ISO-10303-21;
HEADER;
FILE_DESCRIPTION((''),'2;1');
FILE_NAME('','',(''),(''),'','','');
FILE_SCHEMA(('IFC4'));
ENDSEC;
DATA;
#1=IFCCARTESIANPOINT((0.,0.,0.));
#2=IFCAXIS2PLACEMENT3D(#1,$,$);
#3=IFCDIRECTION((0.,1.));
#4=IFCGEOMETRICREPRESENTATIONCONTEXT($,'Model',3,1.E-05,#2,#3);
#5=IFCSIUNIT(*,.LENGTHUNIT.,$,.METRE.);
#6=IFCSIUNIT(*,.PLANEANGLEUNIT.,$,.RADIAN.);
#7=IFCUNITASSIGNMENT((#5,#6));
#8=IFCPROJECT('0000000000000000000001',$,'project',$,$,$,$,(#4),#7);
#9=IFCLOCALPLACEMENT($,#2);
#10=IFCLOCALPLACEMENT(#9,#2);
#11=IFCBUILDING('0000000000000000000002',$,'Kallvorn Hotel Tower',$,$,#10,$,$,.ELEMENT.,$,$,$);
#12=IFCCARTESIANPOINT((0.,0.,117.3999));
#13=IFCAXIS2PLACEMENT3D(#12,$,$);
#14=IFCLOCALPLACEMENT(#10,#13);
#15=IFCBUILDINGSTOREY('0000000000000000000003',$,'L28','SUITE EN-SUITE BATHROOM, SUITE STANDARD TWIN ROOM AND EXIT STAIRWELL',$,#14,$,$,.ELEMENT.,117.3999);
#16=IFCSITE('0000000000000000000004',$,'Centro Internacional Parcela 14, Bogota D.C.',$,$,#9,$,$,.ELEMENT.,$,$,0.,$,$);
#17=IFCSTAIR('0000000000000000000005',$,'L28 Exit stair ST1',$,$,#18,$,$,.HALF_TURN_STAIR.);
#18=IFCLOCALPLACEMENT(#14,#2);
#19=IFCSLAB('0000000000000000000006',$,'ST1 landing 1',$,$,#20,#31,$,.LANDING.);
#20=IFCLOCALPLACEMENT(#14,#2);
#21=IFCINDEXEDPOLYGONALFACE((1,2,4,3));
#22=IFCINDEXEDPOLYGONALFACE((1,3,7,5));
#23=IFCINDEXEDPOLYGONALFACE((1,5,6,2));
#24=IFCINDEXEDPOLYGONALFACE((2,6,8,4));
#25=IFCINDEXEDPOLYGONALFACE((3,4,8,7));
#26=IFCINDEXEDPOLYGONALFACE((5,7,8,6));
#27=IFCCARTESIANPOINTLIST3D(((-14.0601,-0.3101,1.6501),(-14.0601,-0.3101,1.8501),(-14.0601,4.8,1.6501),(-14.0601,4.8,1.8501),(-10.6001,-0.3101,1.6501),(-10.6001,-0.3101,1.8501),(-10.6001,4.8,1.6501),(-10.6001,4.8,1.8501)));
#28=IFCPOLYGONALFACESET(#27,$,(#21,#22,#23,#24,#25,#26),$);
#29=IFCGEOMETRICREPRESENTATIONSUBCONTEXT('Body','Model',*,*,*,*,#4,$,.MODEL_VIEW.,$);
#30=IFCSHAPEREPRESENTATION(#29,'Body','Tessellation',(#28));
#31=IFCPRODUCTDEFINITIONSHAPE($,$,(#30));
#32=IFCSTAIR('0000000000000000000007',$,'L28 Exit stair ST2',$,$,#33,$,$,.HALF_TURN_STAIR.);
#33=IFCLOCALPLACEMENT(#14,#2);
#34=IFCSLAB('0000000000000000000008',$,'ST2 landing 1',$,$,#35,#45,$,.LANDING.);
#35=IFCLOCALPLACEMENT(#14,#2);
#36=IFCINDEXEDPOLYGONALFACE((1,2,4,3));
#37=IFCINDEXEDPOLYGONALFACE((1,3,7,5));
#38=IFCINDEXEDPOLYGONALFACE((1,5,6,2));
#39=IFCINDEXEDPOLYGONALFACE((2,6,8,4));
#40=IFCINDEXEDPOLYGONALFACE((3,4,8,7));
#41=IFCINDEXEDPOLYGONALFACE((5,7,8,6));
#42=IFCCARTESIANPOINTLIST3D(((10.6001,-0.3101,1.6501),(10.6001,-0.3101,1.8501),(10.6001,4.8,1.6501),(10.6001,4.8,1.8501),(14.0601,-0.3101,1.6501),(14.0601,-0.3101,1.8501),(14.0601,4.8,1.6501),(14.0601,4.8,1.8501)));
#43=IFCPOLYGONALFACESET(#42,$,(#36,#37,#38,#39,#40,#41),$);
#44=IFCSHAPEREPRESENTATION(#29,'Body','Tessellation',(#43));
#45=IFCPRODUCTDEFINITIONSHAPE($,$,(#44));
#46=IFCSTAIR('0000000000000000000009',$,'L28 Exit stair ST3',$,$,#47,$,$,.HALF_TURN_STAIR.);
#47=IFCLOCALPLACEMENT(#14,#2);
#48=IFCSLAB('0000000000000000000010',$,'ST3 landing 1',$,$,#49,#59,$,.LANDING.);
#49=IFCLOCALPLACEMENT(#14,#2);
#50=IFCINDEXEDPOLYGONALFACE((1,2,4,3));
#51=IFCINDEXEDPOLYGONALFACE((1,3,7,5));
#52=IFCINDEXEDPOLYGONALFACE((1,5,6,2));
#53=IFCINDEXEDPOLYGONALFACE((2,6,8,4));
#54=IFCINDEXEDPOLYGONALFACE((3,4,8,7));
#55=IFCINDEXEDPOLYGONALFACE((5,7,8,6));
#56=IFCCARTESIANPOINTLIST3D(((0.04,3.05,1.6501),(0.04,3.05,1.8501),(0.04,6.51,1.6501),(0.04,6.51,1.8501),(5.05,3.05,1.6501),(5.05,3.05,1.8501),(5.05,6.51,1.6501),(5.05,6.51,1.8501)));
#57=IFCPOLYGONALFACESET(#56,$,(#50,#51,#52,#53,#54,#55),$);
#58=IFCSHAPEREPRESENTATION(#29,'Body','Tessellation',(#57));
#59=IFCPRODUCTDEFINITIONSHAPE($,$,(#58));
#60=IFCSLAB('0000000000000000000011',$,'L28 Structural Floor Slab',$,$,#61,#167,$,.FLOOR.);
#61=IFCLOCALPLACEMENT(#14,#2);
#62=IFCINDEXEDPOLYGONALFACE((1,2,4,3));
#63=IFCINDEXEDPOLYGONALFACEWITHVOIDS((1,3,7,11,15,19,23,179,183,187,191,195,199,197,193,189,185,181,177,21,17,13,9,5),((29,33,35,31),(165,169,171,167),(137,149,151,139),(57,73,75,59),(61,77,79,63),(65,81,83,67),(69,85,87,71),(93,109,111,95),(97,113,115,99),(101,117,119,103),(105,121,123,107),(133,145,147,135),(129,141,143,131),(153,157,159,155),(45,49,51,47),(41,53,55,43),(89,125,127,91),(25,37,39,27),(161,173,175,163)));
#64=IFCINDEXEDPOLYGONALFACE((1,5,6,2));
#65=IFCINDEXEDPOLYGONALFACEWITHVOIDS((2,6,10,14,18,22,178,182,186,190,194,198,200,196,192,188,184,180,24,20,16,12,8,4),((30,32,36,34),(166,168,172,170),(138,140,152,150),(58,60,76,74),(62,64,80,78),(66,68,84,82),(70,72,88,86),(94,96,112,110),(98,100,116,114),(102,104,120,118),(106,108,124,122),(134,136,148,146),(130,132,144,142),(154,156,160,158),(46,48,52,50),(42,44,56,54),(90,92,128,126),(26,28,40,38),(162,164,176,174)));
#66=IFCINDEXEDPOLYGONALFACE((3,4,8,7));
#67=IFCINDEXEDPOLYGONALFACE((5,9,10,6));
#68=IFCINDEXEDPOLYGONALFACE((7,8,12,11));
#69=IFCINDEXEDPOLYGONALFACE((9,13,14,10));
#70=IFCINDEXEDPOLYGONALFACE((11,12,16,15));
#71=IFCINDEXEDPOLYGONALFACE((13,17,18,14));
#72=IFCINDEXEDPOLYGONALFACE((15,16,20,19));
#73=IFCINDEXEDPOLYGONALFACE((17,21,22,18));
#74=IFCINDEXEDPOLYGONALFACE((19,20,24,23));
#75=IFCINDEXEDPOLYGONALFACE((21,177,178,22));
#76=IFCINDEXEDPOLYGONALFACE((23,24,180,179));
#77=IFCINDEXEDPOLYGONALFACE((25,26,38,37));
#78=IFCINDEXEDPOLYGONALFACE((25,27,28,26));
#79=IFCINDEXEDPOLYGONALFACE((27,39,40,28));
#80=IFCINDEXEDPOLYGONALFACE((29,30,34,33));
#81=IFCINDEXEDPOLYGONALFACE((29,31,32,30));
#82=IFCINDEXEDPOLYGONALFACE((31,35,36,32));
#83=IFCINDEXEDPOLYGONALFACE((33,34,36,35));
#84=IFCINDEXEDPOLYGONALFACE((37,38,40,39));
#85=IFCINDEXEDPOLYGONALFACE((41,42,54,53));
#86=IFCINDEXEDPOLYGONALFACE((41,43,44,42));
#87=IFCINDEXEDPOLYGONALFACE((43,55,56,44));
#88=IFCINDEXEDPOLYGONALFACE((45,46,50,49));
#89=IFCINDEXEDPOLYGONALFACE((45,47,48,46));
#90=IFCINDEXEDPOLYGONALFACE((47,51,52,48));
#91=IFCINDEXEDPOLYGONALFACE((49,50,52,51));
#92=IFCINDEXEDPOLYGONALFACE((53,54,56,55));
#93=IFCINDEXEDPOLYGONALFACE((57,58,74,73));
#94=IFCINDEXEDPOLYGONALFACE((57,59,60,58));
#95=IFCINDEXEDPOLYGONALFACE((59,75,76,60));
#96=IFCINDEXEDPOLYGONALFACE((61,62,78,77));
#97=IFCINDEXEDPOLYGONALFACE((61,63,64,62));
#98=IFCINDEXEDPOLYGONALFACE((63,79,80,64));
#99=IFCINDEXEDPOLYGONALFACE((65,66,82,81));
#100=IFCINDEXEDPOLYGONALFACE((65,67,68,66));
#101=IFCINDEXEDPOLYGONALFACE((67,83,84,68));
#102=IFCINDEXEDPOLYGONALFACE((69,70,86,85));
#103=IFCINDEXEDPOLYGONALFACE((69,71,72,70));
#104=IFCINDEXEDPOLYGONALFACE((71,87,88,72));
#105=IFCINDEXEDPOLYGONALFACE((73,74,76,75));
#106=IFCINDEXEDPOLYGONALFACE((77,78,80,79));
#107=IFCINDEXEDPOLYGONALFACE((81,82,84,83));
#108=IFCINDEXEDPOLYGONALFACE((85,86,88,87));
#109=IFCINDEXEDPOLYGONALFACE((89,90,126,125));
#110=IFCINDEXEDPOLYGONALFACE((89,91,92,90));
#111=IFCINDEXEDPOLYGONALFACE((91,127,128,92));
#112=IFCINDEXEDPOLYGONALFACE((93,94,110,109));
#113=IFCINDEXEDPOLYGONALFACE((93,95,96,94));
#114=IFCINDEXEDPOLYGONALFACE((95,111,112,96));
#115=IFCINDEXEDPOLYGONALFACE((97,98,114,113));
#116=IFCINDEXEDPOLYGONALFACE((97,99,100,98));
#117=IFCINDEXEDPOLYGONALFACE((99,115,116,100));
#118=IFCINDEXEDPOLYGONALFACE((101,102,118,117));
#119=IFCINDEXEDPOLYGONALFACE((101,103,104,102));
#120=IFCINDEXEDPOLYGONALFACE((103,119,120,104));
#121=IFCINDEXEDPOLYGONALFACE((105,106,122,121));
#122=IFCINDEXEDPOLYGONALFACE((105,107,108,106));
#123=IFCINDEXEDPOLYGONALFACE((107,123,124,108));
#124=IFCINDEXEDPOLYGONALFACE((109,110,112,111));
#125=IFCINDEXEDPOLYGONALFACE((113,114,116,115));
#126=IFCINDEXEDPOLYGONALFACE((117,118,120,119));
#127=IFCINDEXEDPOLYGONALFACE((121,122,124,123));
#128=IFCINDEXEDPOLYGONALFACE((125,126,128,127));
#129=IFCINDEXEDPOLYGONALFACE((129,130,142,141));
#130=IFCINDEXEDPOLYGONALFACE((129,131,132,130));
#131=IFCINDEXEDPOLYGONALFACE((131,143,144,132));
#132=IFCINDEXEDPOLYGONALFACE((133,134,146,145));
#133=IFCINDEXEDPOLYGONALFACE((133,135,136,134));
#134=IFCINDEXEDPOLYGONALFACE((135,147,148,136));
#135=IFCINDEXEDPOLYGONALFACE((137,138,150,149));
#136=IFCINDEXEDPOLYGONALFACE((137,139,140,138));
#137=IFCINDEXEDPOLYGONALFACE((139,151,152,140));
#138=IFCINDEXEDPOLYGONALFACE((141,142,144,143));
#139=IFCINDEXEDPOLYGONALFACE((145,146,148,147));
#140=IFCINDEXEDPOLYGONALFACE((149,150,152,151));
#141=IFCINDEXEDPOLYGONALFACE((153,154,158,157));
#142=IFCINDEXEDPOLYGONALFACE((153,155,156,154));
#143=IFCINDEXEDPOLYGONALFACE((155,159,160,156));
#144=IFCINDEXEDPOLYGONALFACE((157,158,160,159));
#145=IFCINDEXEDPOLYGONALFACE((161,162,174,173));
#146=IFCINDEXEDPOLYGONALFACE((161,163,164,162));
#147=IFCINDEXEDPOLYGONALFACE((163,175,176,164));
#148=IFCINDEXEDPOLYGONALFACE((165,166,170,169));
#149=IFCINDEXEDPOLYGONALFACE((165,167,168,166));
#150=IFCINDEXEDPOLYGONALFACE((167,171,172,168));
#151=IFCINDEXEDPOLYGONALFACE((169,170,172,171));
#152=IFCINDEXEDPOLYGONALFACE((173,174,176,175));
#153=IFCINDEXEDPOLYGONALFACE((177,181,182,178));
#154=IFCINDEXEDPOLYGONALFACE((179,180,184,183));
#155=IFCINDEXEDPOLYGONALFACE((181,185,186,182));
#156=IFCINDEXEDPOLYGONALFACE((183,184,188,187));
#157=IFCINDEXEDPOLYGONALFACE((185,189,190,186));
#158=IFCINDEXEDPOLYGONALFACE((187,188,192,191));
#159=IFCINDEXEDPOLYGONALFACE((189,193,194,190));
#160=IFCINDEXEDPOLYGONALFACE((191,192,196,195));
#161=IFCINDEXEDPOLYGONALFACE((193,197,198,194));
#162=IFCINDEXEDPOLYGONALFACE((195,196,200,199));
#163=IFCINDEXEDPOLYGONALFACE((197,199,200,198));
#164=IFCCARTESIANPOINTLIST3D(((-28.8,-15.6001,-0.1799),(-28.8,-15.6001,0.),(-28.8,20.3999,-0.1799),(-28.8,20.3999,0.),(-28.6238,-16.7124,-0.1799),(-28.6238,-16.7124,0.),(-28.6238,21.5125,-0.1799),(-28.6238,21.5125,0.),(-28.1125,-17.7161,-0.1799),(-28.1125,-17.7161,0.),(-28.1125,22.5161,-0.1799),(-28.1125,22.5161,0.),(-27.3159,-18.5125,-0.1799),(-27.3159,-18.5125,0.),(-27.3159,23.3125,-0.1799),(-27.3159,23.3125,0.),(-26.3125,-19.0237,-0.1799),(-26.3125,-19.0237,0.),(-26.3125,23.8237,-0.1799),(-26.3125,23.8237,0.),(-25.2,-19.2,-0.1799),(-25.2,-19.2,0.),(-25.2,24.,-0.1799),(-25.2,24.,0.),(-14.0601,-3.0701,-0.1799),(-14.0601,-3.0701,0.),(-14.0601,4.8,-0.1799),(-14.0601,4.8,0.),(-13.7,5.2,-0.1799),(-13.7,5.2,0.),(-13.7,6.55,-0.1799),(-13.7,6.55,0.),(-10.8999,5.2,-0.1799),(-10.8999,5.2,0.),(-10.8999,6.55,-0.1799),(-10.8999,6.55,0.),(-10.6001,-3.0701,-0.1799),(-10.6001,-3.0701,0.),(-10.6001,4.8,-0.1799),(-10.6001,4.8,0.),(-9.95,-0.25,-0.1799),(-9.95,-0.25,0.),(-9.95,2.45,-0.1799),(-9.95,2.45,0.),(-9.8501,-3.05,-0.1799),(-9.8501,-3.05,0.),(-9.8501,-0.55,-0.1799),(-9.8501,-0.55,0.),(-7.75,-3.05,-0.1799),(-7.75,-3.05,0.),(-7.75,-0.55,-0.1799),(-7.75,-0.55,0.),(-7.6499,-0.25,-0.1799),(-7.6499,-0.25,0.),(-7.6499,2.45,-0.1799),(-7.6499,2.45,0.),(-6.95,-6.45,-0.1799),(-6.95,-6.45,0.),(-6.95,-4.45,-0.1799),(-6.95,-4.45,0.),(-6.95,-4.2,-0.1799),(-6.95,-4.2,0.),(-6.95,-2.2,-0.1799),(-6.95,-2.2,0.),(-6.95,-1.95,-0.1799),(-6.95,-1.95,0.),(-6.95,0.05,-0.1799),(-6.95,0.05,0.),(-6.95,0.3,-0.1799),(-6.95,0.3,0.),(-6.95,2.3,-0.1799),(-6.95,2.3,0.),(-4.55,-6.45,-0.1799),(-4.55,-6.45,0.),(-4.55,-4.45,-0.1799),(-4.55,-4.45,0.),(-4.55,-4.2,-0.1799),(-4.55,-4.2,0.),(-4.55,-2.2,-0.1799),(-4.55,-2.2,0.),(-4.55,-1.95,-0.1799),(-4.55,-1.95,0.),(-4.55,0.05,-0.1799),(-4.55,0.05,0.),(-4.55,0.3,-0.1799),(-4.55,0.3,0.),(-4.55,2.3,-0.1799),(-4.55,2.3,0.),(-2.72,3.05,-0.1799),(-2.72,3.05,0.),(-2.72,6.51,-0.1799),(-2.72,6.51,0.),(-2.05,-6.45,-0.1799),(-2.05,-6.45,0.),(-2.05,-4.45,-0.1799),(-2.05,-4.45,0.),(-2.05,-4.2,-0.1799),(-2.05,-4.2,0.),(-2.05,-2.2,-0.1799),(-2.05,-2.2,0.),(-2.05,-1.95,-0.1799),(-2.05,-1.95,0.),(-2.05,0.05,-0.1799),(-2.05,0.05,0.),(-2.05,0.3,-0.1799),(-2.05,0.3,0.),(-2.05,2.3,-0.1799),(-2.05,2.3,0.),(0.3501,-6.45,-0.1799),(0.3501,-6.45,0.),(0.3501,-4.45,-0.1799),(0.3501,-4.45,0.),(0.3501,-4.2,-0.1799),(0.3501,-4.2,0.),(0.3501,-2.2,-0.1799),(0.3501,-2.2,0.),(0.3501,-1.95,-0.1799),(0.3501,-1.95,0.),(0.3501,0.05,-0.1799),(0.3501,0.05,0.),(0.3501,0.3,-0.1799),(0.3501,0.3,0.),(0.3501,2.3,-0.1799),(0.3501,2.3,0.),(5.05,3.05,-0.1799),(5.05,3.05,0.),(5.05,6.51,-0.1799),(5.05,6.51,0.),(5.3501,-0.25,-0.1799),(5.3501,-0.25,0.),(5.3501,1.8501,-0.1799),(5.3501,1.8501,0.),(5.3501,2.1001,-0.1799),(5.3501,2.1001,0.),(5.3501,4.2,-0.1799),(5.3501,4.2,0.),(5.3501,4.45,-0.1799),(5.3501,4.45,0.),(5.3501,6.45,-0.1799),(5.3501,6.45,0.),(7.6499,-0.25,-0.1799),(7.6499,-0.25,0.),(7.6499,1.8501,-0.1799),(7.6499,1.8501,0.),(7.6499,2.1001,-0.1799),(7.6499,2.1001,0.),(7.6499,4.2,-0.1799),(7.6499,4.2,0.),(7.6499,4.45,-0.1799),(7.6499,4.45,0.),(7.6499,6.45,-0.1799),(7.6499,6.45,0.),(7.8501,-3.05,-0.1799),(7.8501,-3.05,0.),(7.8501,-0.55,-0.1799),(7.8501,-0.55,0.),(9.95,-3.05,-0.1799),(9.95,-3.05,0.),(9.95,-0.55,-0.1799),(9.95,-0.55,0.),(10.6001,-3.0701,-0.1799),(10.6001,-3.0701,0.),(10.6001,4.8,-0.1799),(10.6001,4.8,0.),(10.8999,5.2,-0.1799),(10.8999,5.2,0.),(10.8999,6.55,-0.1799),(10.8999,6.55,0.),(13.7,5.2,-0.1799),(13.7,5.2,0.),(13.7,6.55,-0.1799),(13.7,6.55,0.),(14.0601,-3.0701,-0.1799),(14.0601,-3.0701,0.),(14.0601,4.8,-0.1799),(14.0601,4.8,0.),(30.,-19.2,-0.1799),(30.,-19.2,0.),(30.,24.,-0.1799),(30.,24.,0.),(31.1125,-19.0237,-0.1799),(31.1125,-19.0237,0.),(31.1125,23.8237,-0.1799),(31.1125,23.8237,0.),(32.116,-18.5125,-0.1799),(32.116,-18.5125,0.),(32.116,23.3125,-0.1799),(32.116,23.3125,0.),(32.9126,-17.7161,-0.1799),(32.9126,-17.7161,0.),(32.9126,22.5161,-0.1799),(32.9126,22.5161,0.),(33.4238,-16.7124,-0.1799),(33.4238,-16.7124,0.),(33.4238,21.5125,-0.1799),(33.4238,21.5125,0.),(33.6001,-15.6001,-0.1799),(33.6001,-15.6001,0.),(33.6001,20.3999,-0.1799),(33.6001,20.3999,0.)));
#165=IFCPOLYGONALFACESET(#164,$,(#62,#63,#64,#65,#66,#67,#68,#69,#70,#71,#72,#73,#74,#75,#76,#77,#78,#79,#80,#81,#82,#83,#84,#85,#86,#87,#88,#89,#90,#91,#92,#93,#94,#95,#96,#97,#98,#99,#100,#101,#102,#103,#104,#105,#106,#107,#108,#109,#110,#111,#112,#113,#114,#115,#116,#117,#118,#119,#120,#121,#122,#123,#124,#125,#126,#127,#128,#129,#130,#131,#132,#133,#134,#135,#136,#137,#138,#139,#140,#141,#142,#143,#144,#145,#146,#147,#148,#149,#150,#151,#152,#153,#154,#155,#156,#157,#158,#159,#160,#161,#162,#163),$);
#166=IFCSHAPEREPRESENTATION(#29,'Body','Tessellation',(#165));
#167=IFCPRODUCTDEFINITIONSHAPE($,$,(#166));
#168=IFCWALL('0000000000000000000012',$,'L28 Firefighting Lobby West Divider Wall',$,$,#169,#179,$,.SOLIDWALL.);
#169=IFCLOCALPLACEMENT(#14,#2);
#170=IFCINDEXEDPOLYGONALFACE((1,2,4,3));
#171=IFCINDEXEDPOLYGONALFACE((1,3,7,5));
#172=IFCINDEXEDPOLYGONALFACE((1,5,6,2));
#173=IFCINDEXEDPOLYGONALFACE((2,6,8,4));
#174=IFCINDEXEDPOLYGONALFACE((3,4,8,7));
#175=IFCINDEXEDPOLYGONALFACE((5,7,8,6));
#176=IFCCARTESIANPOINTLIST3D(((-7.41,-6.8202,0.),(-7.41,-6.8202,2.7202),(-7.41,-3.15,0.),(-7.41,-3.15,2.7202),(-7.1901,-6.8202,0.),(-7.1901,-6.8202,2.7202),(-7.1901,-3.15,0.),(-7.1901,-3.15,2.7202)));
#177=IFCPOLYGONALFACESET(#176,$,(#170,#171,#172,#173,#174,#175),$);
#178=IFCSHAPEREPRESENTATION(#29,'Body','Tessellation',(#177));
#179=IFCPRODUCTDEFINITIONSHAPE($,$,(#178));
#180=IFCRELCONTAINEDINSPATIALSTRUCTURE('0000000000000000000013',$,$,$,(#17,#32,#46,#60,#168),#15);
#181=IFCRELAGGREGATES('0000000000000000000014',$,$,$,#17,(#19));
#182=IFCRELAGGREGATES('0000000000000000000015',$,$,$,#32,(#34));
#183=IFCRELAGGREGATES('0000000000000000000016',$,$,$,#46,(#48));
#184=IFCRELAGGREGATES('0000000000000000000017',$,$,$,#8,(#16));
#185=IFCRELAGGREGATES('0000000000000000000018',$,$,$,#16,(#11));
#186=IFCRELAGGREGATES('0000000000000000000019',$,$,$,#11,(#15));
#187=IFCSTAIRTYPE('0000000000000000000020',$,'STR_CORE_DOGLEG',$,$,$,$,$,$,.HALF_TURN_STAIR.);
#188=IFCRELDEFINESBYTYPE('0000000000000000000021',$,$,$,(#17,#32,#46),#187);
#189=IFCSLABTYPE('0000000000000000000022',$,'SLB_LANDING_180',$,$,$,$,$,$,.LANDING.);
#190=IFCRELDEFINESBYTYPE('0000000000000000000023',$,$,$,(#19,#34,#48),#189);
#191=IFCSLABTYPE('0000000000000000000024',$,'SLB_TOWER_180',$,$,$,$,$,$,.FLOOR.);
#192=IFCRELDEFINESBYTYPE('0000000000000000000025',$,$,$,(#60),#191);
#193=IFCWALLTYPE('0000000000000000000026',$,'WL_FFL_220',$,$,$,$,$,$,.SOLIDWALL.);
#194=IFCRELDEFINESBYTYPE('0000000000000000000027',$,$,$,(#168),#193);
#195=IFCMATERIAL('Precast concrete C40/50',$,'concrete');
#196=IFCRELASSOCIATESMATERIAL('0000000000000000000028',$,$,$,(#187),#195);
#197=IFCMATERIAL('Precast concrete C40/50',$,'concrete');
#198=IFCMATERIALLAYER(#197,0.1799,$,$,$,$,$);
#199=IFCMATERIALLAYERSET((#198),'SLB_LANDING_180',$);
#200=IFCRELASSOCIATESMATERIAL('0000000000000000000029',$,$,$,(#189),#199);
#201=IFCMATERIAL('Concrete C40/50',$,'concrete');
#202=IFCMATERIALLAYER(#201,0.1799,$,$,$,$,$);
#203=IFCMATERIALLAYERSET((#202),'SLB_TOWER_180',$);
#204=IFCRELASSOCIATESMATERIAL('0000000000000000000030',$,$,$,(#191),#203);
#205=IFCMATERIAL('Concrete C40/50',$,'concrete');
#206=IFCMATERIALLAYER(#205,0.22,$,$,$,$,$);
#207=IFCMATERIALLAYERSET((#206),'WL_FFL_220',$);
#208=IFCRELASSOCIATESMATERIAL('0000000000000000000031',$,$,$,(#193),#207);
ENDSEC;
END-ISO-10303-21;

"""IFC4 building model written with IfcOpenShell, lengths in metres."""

from ifc_helpers import new_model, si_unit, direction, frame, frame_2d, origin, place, context, subcontext, project, spatial, polyline, rectangle, outline, extrude, material, layer, layer_set, type_object, element, aggregate, save


model = new_model("IFC4")

# Units and contexts
model_context = context("Model", 3, precision=1e-05, world=origin(), true_north=direction((0.0, 1.0)))
body_context = subcontext(model_context, "Body", "Model", "MODEL_VIEW")
ifc_project = project(units=[si_unit("LENGTHUNIT", "METRE"), si_unit("PLANEANGLEUNIT", "RADIAN")], contexts=[model_context])

# Site, building, storey
site_placement = place(None, origin())
site = spatial("IfcSite", under=ifc_project, at=site_placement, Name="Centro Internacional Parcela 14, Bogota D.C.", CompositionType="ELEMENT", RefElevation=0.0)
building_placement = place(site_placement, origin())
building = spatial("IfcBuilding", under=site, at=building_placement, Name="Kallvorn Hotel Tower", CompositionType="ELEMENT")
storey_placement = place(building_placement, frame((0.0, 0.0, 117.3999)))
storey = spatial("IfcBuildingStorey", under=building, at=storey_placement, Name="L28", Description="SUITE EN-SUITE BATHROOM, SUITE STANDARD TWIN ROOM AND EXIT STAIRWELL", CompositionType="ELEMENT", Elevation=117.3999)

# Stairs, slabs
ifc_material_1 = material(Name="Precast concrete C40/50", Category="concrete")
stair_type = type_object("IfcStairType", Name="STR_CORE_DOGLEG", PredefinedType="HALF_TURN_STAIR", material=ifc_material_1)
stair_1_placement = place(storey_placement, origin())
stair_1 = element("IfcStair", 1, at=stair_1_placement, inside=storey, type_object=stair_type, Name="L28 Exit stair ST1", PredefinedType="HALF_TURN_STAIR")
ifc_material_2 = material(Name="Precast concrete C40/50", Category="concrete")
ifc_layer_1 = layer(ifc_material_2, 0.1799)
ifc_layer_set_1 = layer_set([ifc_layer_1], Name="SLB_LANDING_180")
slab_type_1 = type_object("IfcSlabType", Name="SLB_LANDING_180", PredefinedType="LANDING", material=ifc_layer_set_1)
slab_1_placement = place(storey_placement, frame((0.0, 0.0, 1.6501)))
slab_1 = element("IfcSlab", 2, at=slab_1_placement, type_object=slab_type_1, Name="ST1 landing 1", PredefinedType="LANDING", context=body_context, shape_type="SweptSolid", body=[
    extrude(outline(polyline([(-10.6001, -0.3101), (-10.6001, 4.8), (-14.0601, 4.8), (-14.0601, -0.3101), (-10.6001, -0.3101)])), origin(), (0.0, 0.0, 1.0), 0.2),
])
aggregate(stair_1, [slab_1])
stair_2_placement = place(storey_placement, origin())
stair_2 = element("IfcStair", 3, at=stair_2_placement, inside=storey, type_object=stair_type, Name="L28 Exit stair ST2", PredefinedType="HALF_TURN_STAIR")
slab_2_placement = place(storey_placement, frame((0.0, 0.0, 1.6501)))
slab_2 = element("IfcSlab", 4, at=slab_2_placement, type_object=slab_type_1, Name="ST2 landing 1", PredefinedType="LANDING", context=body_context, shape_type="SweptSolid", body=[
    extrude(outline(polyline([(14.0601, -0.3101), (14.0601, 4.8), (10.6001, 4.8), (10.6001, -0.3101), (14.0601, -0.3101)])), origin(), (0.0, 0.0, 1.0), 0.2),
])
aggregate(stair_2, [slab_2])
stair_3_placement = place(storey_placement, origin())
stair_3 = element("IfcStair", 5, at=stair_3_placement, inside=storey, type_object=stair_type, Name="L28 Exit stair ST3", PredefinedType="HALF_TURN_STAIR")
slab_3_placement = place(storey_placement, frame((0.0, 0.0, 1.6501)))
slab_3 = element("IfcSlab", 6, at=slab_3_placement, type_object=slab_type_1, Name="ST3 landing 1", PredefinedType="LANDING", context=body_context, shape_type="SweptSolid", body=[
    extrude(outline(polyline([(0.04, 3.05), (5.05, 3.05), (5.05, 6.51), (0.04, 6.51), (0.04, 3.05)])), origin(), (0.0, 0.0, 1.0), 0.2),
])
aggregate(stair_3, [slab_3])

# Slab
ifc_material_3 = material(Name="Concrete C40/50", Category="concrete")
ifc_layer_2 = layer(ifc_material_3, 0.1799)
ifc_layer_set_2 = layer_set([ifc_layer_2], Name="SLB_TOWER_180")
slab_type_2 = type_object("IfcSlabType", Name="SLB_TOWER_180", PredefinedType="FLOOR", material=ifc_layer_set_2)
slab_4_placement = place(storey_placement, frame((0.0, 0.0, -0.1799)))
element("IfcSlab", 7, at=slab_4_placement, inside=storey, type_object=slab_type_2, Name="L28 Structural Floor Slab", PredefinedType="FLOOR", context=body_context, shape_type="SweptSolid", body=[
    extrude(outline(polyline([(30.0, -19.2), (31.1125, -19.0237), (32.116, -18.5125), (32.9126, -17.7161), (33.4238, -16.7124), (33.6001, -15.6001), (33.6001, 20.3999), (33.4238, 21.5125), (32.9126, 22.5161), (32.116, 23.3125), (31.1125, 23.8237), (30.0, 24.0), (-25.2, 24.0), (-26.3125, 23.8237), (-27.3159, 23.3125), (-28.1125, 22.5161), (-28.6238, 21.5125), (-28.8, 20.3999), (-28.8, -15.6001), (-28.6238, -16.7124), (-28.1125, -17.7161), (-27.3159, -18.5125), (-26.3125, -19.0237), (-25.2, -19.2), (30.0, -19.2)]), holes=[polyline([(-10.6001, -3.0701), (-10.6001, 4.8), (-14.0601, 4.8), (-14.0601, -3.0701), (-10.6001, -3.0701)]), polyline([(14.0601, -3.0701), (14.0601, 4.8), (10.6001, 4.8), (10.6001, -3.0701), (14.0601, -3.0701)]), polyline([(-2.72, 3.05), (5.05, 3.05), (5.05, 6.51), (-2.72, 6.51), (-2.72, 3.05)]), polyline([(-6.95, -6.45), (-4.55, -6.45), (-4.55, -4.45), (-6.95, -4.45), (-6.95, -6.45)]), polyline([(-6.95, -4.2), (-4.55, -4.2), (-4.55, -2.2), (-6.95, -2.2), (-6.95, -4.2)]), polyline([(-6.95, -1.95), (-4.55, -1.95), (-4.55, 0.05), (-6.95, 0.05), (-6.95, -1.95)]), polyline([(-6.95, 0.3), (-4.55, 0.3), (-4.55, 2.3), (-6.95, 2.3), (-6.95, 0.3)]), polyline([(-2.05, -6.45), (0.3501, -6.45), (0.3501, -4.45), (-2.05, -4.45), (-2.05, -6.45)]), polyline([(-2.05, -4.2), (0.3501, -4.2), (0.3501, -2.2), (-2.05, -2.2), (-2.05, -4.2)]), polyline([(-2.05, -1.95), (0.3501, -1.95), (0.3501, 0.05), (-2.05, 0.05), (-2.05, -1.95)]), polyline([(-2.05, 0.3), (0.3501, 0.3), (0.3501, 2.3), (-2.05, 2.3), (-2.05, 0.3)]), polyline([(5.3501, -0.25), (7.6499, -0.25), (7.6499, 1.8501), (5.3501, 1.8501), (5.3501, -0.25)]), polyline([(5.3501, 2.1001), (7.6499, 2.1001), (7.6499, 4.2), (5.3501, 4.2), (5.3501, 2.1001)]), polyline([(5.3501, 4.45), (7.6499, 4.45), (7.6499, 6.45), (5.3501, 6.45), (5.3501, 4.45)]), polyline([(-9.8501, -3.05), (-7.75, -3.05), (-7.75, -0.55), (-9.8501, -0.55), (-9.8501, -3.05)]), polyline([(7.8501, -3.05), (9.95, -3.05), (9.95, -0.55), (7.8501, -0.55), (7.8501, -3.05)]), polyline([(-9.95, -0.25), (-7.6499, -0.25), (-7.6499, 2.45), (-9.95, 2.45), (-9.95, -0.25)]), polyline([(-13.7, 5.2), (-10.8999, 5.2), (-10.8999, 6.55), (-13.7, 6.55), (-13.7, 5.2)]), polyline([(10.8999, 5.2), (13.7, 5.2), (13.7, 6.55), (10.8999, 6.55), (10.8999, 5.2)])]), origin(), (0.0, 0.0, 1.0), 0.1799),
])

# Wall
ifc_material_4 = material(Name="Concrete C40/50", Category="concrete")
ifc_layer_3 = layer(ifc_material_4, 0.22)
ifc_layer_set_3 = layer_set([ifc_layer_3], Name="WL_FFL_220")
wall_type_1 = type_object("IfcWallType", Name="WL_FFL_220", PredefinedType="SOLIDWALL", material=ifc_layer_set_3)
wall_1_placement = place(storey_placement, frame((-7.3, -6.8201, 0.0), z_axis=(0.0, 0.0, 1.0), x_axis=(0.0, 1.0, 0.0)))
element("IfcWall", 8, at=wall_1_placement, inside=storey, type_object=wall_type_1, Name="L28 Firefighting Lobby West Divider Wall", PredefinedType="SOLIDWALL", context=body_context, shape_type="SweptSolid", body=[
    extrude(rectangle(XDim=3.6702, YDim=0.22, at=frame_2d((1.835, 0.0))), origin(), (0.0, 0.0, 1.0), 2.7202),
])

save(model, "model.ifc")
